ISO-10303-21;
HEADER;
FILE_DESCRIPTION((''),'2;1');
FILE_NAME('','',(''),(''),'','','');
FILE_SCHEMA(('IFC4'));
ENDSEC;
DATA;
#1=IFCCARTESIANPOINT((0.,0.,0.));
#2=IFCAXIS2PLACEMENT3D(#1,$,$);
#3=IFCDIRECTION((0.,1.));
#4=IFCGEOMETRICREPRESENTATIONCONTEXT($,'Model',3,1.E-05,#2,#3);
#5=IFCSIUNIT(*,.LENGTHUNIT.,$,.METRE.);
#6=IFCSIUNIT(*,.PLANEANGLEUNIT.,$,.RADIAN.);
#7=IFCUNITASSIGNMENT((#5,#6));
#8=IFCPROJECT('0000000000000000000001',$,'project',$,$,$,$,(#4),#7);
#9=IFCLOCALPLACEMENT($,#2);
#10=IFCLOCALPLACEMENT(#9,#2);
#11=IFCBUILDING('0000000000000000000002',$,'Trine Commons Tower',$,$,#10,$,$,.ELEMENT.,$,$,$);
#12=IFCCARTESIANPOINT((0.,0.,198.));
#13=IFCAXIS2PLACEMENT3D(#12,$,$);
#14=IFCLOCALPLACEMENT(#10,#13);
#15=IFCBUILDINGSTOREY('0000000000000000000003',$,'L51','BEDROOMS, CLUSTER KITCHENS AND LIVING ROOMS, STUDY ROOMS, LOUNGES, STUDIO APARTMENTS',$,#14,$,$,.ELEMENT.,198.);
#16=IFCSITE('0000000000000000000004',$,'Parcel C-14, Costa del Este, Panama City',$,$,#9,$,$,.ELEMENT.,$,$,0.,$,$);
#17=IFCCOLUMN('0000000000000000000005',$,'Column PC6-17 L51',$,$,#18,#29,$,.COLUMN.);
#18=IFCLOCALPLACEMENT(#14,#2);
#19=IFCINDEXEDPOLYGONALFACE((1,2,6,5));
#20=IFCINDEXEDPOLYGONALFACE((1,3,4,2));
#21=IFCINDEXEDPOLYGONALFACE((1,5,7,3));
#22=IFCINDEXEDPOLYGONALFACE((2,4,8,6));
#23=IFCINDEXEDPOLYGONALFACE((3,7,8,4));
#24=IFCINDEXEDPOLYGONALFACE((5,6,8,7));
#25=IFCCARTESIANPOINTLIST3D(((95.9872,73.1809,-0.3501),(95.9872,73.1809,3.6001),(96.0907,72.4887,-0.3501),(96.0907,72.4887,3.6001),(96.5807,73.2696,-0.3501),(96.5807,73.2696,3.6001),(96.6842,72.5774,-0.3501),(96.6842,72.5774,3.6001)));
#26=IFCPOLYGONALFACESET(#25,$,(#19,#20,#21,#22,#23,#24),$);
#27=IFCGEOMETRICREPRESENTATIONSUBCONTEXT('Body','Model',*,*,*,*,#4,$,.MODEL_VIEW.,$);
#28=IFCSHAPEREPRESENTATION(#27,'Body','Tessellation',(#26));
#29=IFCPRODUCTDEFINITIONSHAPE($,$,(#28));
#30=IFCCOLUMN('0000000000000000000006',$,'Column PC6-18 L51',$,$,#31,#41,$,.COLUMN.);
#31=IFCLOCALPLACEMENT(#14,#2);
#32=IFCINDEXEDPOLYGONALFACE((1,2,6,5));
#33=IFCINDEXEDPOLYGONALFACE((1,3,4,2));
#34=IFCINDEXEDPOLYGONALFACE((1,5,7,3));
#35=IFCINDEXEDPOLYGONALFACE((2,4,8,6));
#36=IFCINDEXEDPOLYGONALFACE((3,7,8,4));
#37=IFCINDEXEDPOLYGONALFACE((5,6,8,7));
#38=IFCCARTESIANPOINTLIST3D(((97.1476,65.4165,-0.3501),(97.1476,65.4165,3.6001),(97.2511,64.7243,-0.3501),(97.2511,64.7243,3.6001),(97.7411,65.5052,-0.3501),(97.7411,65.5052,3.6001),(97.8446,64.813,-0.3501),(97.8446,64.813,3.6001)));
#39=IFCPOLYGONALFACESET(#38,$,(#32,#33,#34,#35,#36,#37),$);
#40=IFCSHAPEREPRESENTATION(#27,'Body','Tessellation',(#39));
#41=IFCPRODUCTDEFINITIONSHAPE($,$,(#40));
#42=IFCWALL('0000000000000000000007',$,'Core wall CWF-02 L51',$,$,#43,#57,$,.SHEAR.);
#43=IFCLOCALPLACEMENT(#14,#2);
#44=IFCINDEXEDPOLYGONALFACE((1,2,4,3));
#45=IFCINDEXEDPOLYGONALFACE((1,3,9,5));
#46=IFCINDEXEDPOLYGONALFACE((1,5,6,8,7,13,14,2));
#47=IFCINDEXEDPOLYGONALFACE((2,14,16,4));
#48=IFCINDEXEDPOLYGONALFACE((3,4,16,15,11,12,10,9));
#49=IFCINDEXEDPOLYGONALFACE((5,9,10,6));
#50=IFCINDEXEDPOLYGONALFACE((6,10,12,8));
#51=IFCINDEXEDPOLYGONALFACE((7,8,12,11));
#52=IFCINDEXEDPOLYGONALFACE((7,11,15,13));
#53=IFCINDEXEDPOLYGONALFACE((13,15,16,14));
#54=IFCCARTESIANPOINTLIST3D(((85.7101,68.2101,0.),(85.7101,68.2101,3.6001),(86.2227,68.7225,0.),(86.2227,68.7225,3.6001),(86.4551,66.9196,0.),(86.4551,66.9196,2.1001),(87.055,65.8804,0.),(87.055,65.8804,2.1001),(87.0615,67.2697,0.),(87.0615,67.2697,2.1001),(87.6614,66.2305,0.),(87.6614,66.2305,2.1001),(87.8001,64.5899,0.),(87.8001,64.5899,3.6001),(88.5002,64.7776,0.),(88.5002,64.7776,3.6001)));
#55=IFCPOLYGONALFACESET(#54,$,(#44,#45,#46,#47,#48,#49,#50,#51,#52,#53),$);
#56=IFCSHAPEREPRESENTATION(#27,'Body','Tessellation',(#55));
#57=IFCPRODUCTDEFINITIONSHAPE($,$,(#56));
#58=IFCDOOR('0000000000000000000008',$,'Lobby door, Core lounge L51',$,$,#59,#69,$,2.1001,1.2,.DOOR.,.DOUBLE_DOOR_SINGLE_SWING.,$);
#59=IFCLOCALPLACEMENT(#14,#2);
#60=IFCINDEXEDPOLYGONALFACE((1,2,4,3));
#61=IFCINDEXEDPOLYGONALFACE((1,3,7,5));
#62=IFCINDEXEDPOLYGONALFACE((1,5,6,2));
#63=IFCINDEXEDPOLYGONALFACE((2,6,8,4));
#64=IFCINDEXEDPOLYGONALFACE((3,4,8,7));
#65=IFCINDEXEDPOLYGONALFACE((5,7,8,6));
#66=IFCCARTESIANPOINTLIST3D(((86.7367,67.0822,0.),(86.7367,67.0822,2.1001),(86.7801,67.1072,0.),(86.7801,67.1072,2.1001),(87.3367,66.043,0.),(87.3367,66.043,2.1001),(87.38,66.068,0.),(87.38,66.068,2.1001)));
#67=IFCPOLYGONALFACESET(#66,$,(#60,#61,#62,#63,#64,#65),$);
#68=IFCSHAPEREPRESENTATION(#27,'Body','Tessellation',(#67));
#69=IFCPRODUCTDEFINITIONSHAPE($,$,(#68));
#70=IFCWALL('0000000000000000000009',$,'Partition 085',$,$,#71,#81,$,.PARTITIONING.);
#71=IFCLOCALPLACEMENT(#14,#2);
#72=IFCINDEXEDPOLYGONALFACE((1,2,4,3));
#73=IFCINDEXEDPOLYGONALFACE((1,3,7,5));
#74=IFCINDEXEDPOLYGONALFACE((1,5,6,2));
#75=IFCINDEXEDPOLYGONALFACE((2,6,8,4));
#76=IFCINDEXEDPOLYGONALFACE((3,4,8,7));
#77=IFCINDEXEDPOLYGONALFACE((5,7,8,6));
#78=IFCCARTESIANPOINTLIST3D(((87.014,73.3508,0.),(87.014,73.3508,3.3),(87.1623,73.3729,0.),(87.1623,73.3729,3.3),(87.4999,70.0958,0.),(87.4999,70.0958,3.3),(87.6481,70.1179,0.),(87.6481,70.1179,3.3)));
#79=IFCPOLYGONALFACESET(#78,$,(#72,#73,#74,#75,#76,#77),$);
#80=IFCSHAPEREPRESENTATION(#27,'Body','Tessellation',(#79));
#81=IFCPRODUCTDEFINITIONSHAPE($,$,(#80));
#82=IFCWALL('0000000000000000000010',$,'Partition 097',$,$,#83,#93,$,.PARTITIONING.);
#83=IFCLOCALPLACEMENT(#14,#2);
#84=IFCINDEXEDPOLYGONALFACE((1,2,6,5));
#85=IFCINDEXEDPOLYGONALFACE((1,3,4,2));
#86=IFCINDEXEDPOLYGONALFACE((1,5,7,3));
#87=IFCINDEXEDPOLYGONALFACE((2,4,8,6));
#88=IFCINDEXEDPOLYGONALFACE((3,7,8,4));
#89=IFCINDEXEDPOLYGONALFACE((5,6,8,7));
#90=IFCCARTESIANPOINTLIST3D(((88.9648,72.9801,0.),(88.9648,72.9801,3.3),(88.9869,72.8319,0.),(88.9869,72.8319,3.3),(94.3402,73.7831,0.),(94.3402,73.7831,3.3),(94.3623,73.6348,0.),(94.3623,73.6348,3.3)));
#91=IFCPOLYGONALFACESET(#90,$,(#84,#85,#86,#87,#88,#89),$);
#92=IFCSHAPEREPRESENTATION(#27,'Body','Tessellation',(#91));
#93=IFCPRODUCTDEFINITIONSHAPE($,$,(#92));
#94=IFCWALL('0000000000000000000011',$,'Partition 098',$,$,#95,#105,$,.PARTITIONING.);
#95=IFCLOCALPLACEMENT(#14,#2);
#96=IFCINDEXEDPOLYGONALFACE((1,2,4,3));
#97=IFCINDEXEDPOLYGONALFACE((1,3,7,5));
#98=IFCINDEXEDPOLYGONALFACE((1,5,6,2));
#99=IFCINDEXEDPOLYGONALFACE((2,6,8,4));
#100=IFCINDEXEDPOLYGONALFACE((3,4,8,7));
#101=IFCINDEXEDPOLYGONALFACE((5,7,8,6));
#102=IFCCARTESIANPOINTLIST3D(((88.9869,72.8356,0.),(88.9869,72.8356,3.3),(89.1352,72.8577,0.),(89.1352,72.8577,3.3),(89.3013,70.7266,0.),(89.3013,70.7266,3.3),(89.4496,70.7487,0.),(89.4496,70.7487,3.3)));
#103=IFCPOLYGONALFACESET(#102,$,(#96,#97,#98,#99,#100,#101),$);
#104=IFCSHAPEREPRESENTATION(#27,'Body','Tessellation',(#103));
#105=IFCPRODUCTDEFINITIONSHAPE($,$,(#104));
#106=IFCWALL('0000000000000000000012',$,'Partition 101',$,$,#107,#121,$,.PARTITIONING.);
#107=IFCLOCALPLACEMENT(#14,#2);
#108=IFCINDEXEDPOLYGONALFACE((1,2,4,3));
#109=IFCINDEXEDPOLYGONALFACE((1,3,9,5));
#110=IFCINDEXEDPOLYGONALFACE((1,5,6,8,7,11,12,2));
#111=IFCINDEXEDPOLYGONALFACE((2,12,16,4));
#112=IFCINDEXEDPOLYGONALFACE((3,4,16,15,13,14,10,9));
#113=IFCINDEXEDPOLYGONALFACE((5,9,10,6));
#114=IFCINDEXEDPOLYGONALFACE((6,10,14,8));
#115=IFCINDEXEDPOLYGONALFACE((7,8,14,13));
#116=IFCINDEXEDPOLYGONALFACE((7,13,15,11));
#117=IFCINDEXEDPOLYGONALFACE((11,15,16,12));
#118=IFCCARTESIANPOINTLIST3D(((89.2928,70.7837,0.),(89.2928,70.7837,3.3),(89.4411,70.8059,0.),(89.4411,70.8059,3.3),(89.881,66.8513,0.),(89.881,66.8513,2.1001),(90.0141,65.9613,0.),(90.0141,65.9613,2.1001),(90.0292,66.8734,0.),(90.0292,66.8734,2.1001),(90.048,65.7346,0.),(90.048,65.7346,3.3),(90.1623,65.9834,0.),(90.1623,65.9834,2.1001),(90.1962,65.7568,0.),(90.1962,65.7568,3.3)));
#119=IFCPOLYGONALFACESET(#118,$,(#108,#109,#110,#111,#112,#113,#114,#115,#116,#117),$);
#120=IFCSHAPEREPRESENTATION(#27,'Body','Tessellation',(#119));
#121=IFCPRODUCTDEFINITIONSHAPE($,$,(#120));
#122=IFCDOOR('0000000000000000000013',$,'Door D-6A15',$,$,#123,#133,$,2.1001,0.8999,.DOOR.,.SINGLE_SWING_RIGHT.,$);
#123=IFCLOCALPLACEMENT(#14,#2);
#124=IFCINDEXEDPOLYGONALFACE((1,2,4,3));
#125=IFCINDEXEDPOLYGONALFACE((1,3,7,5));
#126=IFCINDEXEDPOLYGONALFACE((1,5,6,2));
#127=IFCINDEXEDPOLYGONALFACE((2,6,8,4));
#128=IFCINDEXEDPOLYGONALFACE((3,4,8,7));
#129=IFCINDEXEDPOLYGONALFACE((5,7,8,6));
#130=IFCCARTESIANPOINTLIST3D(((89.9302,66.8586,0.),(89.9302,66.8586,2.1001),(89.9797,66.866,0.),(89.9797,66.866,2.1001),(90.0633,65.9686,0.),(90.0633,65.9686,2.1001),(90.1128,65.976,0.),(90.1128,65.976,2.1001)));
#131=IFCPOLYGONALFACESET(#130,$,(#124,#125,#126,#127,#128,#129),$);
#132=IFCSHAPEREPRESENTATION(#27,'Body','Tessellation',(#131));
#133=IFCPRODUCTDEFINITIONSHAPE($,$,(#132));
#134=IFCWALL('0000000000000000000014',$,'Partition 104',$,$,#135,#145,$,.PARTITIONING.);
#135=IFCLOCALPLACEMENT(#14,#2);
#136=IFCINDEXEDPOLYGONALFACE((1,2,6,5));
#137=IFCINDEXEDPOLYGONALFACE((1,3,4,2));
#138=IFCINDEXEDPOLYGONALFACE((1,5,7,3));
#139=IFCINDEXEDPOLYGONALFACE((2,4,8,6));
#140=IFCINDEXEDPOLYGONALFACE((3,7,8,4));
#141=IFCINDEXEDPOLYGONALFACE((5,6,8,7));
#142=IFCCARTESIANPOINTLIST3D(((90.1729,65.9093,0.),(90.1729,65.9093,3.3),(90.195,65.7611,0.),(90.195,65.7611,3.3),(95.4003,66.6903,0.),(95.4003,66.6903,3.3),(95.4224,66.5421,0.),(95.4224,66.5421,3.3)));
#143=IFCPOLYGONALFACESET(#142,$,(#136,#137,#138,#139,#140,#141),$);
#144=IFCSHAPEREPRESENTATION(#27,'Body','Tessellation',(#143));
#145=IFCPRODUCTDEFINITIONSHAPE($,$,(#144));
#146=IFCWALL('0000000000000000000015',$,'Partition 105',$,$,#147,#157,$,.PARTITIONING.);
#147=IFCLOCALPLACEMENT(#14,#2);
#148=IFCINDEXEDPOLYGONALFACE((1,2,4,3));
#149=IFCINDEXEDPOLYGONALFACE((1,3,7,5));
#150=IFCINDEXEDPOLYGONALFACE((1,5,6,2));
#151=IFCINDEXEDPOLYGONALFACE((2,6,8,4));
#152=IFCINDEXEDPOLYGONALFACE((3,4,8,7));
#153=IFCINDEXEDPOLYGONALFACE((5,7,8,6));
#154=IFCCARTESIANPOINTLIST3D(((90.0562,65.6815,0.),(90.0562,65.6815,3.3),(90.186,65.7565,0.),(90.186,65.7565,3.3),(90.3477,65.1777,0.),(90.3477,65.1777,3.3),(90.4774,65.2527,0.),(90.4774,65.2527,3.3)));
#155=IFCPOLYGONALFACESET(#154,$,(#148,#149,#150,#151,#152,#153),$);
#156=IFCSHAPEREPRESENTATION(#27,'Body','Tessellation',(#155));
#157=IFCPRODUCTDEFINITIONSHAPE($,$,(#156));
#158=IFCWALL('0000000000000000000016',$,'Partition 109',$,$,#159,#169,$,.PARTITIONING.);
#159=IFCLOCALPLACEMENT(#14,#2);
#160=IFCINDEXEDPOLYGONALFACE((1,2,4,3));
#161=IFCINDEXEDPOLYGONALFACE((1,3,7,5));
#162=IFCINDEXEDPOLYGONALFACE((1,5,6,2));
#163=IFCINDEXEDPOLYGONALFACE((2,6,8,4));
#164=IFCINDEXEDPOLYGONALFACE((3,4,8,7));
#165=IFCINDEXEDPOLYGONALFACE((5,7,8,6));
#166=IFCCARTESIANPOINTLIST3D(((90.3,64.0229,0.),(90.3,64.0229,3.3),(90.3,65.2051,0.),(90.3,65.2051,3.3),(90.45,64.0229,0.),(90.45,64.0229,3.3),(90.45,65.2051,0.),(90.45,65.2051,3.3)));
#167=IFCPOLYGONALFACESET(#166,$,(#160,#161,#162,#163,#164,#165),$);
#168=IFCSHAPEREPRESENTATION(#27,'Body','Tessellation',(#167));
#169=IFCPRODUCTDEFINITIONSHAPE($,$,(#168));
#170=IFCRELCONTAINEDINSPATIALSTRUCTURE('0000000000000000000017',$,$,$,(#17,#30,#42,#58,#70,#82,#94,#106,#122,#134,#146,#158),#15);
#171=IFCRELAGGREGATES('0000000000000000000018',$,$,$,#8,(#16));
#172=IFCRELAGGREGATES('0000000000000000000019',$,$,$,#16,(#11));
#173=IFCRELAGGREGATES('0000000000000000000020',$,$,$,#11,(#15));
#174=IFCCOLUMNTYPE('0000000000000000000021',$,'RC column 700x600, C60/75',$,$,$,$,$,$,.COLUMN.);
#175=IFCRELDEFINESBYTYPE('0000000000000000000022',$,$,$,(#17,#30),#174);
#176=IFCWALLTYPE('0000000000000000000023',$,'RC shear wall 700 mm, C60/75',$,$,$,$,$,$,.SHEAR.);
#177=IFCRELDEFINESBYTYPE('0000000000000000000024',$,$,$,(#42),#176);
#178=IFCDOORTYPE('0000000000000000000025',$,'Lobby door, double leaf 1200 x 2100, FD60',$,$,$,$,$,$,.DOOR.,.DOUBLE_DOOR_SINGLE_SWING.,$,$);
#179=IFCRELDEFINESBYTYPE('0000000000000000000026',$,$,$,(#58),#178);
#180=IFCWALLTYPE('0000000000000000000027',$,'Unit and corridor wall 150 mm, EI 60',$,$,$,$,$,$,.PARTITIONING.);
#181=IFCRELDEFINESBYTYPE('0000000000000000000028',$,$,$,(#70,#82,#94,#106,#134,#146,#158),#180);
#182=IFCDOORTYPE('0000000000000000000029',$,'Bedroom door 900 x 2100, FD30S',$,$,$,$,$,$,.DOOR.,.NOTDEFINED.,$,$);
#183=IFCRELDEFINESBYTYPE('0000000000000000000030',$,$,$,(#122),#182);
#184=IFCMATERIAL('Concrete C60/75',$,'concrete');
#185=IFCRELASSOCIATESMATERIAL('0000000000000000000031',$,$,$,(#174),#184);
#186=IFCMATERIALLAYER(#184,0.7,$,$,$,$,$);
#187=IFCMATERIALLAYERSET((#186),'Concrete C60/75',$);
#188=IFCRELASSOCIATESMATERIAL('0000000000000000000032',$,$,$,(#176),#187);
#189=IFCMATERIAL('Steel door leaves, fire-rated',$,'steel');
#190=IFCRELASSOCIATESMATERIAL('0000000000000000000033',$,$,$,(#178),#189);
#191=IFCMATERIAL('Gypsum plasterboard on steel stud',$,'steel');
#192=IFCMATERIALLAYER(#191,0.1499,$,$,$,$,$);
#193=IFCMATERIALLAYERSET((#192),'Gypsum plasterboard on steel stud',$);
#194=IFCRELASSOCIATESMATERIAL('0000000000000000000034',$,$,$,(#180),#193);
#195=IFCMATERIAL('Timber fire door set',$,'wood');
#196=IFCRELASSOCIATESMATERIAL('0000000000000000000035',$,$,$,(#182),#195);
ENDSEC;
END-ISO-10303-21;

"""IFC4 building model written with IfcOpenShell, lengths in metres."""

from ifc_helpers import new_model, si_unit, direction, frame, frame_2d, origin, origin_2d, place, context, subcontext, project, spatial, polyline, rectangle, outline, extrude, material, layer, layer_set, material_profile, profile_set, type_object, element, fill, save


model = new_model("IFC4")

# Units and contexts
model_context = context("Model", 3, precision=1e-05, world=origin(), true_north=direction((0.0, 1.0)))
body_context = subcontext(model_context, "Body", "Model", "MODEL_VIEW")
ifc_project = project(units=[si_unit("LENGTHUNIT", "METRE"), si_unit("PLANEANGLEUNIT", "RADIAN")], contexts=[model_context])

# Site, building, storey
site_placement = place(None, origin())
site = spatial("IfcSite", under=ifc_project, at=site_placement, Name="Parcel C-14, Costa del Este, Panama City", CompositionType="ELEMENT", RefElevation=0.0)
building_placement = place(site_placement, origin())
building = spatial("IfcBuilding", under=site, at=building_placement, Name="Trine Commons Tower", CompositionType="ELEMENT")
storey_placement = place(building_placement, frame((0.0, 0.0, 198.0)))
storey = spatial("IfcBuildingStorey", under=building, at=storey_placement, Name="L51", Description="BEDROOMS, CLUSTER KITCHENS AND LIVING ROOMS, STUDY ROOMS, LOUNGES, STUDIO APARTMENTS", CompositionType="ELEMENT", Elevation=198.0)

# Columns
ifc_material_1 = material(Name="Concrete C60/75", Category="concrete")
ifc_material_profile = material_profile(ifc_material_1, rectangle(XDim=0.7, YDim=0.6001, at=origin_2d()), Name="RC 700x600")
ifc_profile_set = profile_set([ifc_material_profile], Name="Concrete C60/75")
column_type = type_object("IfcColumnType", Name="RC column 700x600, C60/75", PredefinedType="COLUMN", material=ifc_profile_set)
for number, where, z_axis, x_axis, name in (
    (1, (96.3357, 72.8792, -0.3501), (0.0, 0.0, 1.0), (-0.147809, 0.989016, 0.0), "Column PC6-17 L51"),
    (2, (97.4961, 65.1147, -0.3501), (0.0, 0.0, 1.0), (-0.147809, 0.989016, 0.0), "Column PC6-18 L51"),
):
    element("IfcColumn", number, at=place(storey_placement, frame(where, z_axis=z_axis, x_axis=x_axis)), inside=storey, type_object=column_type, Name=name, PredefinedType="COLUMN", context=body_context, shape_type="SweptSolid", body=[
        extrude(rectangle(XDim=0.7, YDim=0.6001, at=origin_2d()), origin(), (0.0, 0.0, 1.0), 3.9502),
    ])

# Wall, opening, door
ifc_layer_1 = layer(ifc_material_1, 0.7)
ifc_layer_set_1 = layer_set([ifc_layer_1], Name="Concrete C60/75")
wall_type_1 = type_object("IfcWallType", Name="RC shear wall 700 mm, C60/75", PredefinedType="SHEAR", material=ifc_layer_set_1)
wall_1_placement = place(storey_placement, frame((88.197, 64.6025, 0.0), z_axis=(0.0, 0.0, 1.0), x_axis=(-0.499984, 0.866035, 0.0)))
wall_1 = element("IfcWall", 3, at=wall_1_placement, inside=storey, type_object=wall_type_1, Name="Core wall CWF-02 L51", PredefinedType="SHEAR", context=body_context, shape_type="SweptSolid", body=[
    extrude(outline(polyline([(0.0, -0.3501), (4.5552, -0.3501), (4.3677, 0.3501), (0.1875, 0.3501), (0.0, -0.3501)])), origin(), (0.0, 0.0, 1.0), 3.6001),
])
opening_1_placement = place(wall_1_placement, frame((1.6775, 0.0, 0.0)))
opening_1 = element("IfcOpeningElement", 4, at=opening_1_placement, cuts=wall_1, PredefinedType="OPENING", context=body_context, shape_type="SweptSolid", body=[
    extrude(rectangle(XDim=1.2, YDim=2.1001, at=frame_2d((0.6001, 1.05))), frame((0.0, 0.3599, 0.0), z_axis=(0.0, -1.0, 0.0), x_axis=(1.0, 0.0, 0.0)), (0.0, 0.0, 1.0), 0.72),
])
ifc_material_2 = material(Name="Steel door leaves, fire-rated", Category="steel")
door_type_1 = type_object("IfcDoorType", Name="Lobby door, double leaf 1200 x 2100, FD60", OperationType="DOUBLE_DOOR_SINGLE_SWING", PredefinedType="DOOR", material=ifc_material_2)
door_1_placement = place(opening_1_placement, origin())
door_1 = element("IfcDoor", 5, at=door_1_placement, inside=storey, type_object=door_type_1, Name="Lobby door, Core lounge L51", OperationType="DOUBLE_DOOR_SINGLE_SWING", OverallHeight=2.1001, OverallWidth=1.2, PredefinedType="DOOR", context=body_context, shape_type="SweptSolid", body=[
    extrude(rectangle(XDim=1.2, YDim=2.1001, at=frame_2d((0.6001, 1.05))), frame((0.0, 0.0249, 0.0), z_axis=(0.0, -1.0, 0.0), x_axis=(1.0, 0.0, 0.0)), (0.0, 0.0, 1.0), 0.05),
])
fill(opening_1, door_1)

# Walls
ifc_material_3 = material(Name="Gypsum plasterboard on steel stud", Category="steel")
ifc_layer_2 = layer(ifc_material_3, 0.1499)
ifc_layer_set_2 = layer_set([ifc_layer_2], Name="Gypsum plasterboard on steel stud")
wall_type_2 = type_object("IfcWallType", Name="Unit and corridor wall 150 mm, EI 60", PredefinedType="PARTITIONING", material=ifc_layer_set_2)
wall_2_placement = place(storey_placement, frame((87.0881, 73.3618, 0.0), z_axis=(0.0, 0.0, 1.0), x_axis=(0.147629, -0.989043, 0.0)))
element("IfcWall", 6, at=wall_2_placement, inside=storey, type_object=wall_type_2, Name="Partition 085", PredefinedType="PARTITIONING", context=body_context, shape_type="SweptSolid", body=[
    extrude(rectangle(XDim=3.291, YDim=0.1499, at=frame_2d((1.6455, 0.0))), origin(), (0.0, 0.0, 1.0), 3.3),
])
wall_3_placement = place(storey_placement, frame((88.9758, 72.906, 0.0), z_axis=(0.0, 0.0, 1.0), x_axis=(0.989026, 0.147739, 0.0)))
element("IfcWall", 7, at=wall_3_placement, inside=storey, type_object=wall_type_2, Name="Partition 097", PredefinedType="PARTITIONING", context=body_context, shape_type="SweptSolid", body=[
    extrude(rectangle(XDim=5.4351, YDim=0.1499, at=frame_2d((2.7175, 0.0))), origin(), (0.0, 0.0, 1.0), 3.3),
])
wall_4_placement = place(storey_placement, frame((89.061, 72.8467, 0.0), z_axis=(0.0, 0.0, 1.0), x_axis=(0.147461, -0.989068, 0.0)))
element("IfcWall", 8, at=wall_4_placement, inside=storey, type_object=wall_type_2, Name="Partition 098", PredefinedType="PARTITIONING", context=body_context, shape_type="SweptSolid", body=[
    extrude(rectangle(XDim=2.1323, YDim=0.1499, at=frame_2d((1.0662, 0.0))), origin(), (0.0, 0.0, 1.0), 3.3),
])

# Wall, opening, door
wall_5_placement = place(storey_placement, frame((89.3669, 70.7949, 0.0), z_axis=(0.0, 0.0, 1.0), x_axis=(0.147912, -0.989, 0.0)))
wall_5 = element("IfcWall", 9, at=wall_5_placement, inside=storey, type_object=wall_type_2, Name="Partition 101", PredefinedType="PARTITIONING", context=body_context, shape_type="SweptSolid", body=[
    extrude(rectangle(XDim=5.1052, YDim=0.1499, at=frame_2d((2.5527, 0.0))), origin(), (0.0, 0.0, 1.0), 3.3),
])
opening_2_placement = place(wall_5_placement, frame((3.9763, 0.0, 0.0)))
opening_2 = element("IfcOpeningElement", 10, at=opening_2_placement, cuts=wall_5, PredefinedType="OPENING", context=body_context, shape_type="SweptSolid", body=[
    extrude(rectangle(XDim=0.8999, YDim=2.1001, at=frame_2d((0.45, 1.05))), frame((0.0, 0.085, 0.0), z_axis=(0.0, -1.0, 0.0), x_axis=(1.0, 0.0, 0.0)), (0.0, 0.0, 1.0), 0.1699),
])
ifc_material_4 = material(Name="Timber fire door set", Category="wood")
door_type_2 = type_object("IfcDoorType", Name="Bedroom door 900 x 2100, FD30S", OperationType="NOTDEFINED", PredefinedType="DOOR", material=ifc_material_4)
door_2_placement = place(opening_2_placement, origin())
door_2 = element("IfcDoor", 11, at=door_2_placement, inside=storey, type_object=door_type_2, Name="Door D-6A15", OperationType="SINGLE_SWING_RIGHT", OverallHeight=2.1001, OverallWidth=0.8999, PredefinedType="DOOR", context=body_context, shape_type="SweptSolid", body=[
    extrude(rectangle(XDim=0.8999, YDim=2.1001, at=frame_2d((0.45, 1.05))), frame((0.0, 0.0249, 0.0), z_axis=(0.0, -1.0, 0.0), x_axis=(1.0, 0.0, 0.0)), (0.0, 0.0, 1.0), 0.05),
])
fill(opening_2, door_2)

# Walls
wall_6_placement = place(storey_placement, frame((90.1841, 65.8352, 0.0), z_axis=(0.0, 0.0, 1.0), x_axis=(0.989022, 0.147769, 0.0)))
element("IfcWall", 12, at=wall_6_placement, inside=storey, type_object=wall_type_2, Name="Partition 104", PredefinedType="PARTITIONING", context=body_context, shape_type="SweptSolid", body=[
    extrude(rectangle(XDim=5.2854, YDim=0.1499, at=frame_2d((2.6426, 0.0))), origin(), (0.0, 0.0, 1.0), 3.3),
])
wall_7_placement = place(storey_placement, frame((90.1211, 65.719, 0.0), z_axis=(0.0, 0.0, 1.0), x_axis=(0.500739, -0.865599, 0.0)))
element("IfcWall", 13, at=wall_7_placement, inside=storey, type_object=wall_type_2, Name="Partition 105", PredefinedType="PARTITIONING", context=body_context, shape_type="SweptSolid", body=[
    extrude(rectangle(XDim=0.582, YDim=0.1499, at=frame_2d((0.291, 0.0))), origin(), (0.0, 0.0, 1.0), 3.3),
])
wall_8_placement = place(storey_placement, frame((90.375, 64.0229, 0.0), z_axis=(0.0, 0.0, 1.0), x_axis=(0.0, 1.0, 0.0)))
element("IfcWall", 14, at=wall_8_placement, inside=storey, type_object=wall_type_2, Name="Partition 109", PredefinedType="PARTITIONING", context=body_context, shape_type="SweptSolid", body=[
    extrude(rectangle(XDim=1.1821, YDim=0.1499, at=frame_2d((0.5911, 0.0))), origin(), (0.0, 0.0, 1.0), 3.3),
])

save(model, "model.ifc")
